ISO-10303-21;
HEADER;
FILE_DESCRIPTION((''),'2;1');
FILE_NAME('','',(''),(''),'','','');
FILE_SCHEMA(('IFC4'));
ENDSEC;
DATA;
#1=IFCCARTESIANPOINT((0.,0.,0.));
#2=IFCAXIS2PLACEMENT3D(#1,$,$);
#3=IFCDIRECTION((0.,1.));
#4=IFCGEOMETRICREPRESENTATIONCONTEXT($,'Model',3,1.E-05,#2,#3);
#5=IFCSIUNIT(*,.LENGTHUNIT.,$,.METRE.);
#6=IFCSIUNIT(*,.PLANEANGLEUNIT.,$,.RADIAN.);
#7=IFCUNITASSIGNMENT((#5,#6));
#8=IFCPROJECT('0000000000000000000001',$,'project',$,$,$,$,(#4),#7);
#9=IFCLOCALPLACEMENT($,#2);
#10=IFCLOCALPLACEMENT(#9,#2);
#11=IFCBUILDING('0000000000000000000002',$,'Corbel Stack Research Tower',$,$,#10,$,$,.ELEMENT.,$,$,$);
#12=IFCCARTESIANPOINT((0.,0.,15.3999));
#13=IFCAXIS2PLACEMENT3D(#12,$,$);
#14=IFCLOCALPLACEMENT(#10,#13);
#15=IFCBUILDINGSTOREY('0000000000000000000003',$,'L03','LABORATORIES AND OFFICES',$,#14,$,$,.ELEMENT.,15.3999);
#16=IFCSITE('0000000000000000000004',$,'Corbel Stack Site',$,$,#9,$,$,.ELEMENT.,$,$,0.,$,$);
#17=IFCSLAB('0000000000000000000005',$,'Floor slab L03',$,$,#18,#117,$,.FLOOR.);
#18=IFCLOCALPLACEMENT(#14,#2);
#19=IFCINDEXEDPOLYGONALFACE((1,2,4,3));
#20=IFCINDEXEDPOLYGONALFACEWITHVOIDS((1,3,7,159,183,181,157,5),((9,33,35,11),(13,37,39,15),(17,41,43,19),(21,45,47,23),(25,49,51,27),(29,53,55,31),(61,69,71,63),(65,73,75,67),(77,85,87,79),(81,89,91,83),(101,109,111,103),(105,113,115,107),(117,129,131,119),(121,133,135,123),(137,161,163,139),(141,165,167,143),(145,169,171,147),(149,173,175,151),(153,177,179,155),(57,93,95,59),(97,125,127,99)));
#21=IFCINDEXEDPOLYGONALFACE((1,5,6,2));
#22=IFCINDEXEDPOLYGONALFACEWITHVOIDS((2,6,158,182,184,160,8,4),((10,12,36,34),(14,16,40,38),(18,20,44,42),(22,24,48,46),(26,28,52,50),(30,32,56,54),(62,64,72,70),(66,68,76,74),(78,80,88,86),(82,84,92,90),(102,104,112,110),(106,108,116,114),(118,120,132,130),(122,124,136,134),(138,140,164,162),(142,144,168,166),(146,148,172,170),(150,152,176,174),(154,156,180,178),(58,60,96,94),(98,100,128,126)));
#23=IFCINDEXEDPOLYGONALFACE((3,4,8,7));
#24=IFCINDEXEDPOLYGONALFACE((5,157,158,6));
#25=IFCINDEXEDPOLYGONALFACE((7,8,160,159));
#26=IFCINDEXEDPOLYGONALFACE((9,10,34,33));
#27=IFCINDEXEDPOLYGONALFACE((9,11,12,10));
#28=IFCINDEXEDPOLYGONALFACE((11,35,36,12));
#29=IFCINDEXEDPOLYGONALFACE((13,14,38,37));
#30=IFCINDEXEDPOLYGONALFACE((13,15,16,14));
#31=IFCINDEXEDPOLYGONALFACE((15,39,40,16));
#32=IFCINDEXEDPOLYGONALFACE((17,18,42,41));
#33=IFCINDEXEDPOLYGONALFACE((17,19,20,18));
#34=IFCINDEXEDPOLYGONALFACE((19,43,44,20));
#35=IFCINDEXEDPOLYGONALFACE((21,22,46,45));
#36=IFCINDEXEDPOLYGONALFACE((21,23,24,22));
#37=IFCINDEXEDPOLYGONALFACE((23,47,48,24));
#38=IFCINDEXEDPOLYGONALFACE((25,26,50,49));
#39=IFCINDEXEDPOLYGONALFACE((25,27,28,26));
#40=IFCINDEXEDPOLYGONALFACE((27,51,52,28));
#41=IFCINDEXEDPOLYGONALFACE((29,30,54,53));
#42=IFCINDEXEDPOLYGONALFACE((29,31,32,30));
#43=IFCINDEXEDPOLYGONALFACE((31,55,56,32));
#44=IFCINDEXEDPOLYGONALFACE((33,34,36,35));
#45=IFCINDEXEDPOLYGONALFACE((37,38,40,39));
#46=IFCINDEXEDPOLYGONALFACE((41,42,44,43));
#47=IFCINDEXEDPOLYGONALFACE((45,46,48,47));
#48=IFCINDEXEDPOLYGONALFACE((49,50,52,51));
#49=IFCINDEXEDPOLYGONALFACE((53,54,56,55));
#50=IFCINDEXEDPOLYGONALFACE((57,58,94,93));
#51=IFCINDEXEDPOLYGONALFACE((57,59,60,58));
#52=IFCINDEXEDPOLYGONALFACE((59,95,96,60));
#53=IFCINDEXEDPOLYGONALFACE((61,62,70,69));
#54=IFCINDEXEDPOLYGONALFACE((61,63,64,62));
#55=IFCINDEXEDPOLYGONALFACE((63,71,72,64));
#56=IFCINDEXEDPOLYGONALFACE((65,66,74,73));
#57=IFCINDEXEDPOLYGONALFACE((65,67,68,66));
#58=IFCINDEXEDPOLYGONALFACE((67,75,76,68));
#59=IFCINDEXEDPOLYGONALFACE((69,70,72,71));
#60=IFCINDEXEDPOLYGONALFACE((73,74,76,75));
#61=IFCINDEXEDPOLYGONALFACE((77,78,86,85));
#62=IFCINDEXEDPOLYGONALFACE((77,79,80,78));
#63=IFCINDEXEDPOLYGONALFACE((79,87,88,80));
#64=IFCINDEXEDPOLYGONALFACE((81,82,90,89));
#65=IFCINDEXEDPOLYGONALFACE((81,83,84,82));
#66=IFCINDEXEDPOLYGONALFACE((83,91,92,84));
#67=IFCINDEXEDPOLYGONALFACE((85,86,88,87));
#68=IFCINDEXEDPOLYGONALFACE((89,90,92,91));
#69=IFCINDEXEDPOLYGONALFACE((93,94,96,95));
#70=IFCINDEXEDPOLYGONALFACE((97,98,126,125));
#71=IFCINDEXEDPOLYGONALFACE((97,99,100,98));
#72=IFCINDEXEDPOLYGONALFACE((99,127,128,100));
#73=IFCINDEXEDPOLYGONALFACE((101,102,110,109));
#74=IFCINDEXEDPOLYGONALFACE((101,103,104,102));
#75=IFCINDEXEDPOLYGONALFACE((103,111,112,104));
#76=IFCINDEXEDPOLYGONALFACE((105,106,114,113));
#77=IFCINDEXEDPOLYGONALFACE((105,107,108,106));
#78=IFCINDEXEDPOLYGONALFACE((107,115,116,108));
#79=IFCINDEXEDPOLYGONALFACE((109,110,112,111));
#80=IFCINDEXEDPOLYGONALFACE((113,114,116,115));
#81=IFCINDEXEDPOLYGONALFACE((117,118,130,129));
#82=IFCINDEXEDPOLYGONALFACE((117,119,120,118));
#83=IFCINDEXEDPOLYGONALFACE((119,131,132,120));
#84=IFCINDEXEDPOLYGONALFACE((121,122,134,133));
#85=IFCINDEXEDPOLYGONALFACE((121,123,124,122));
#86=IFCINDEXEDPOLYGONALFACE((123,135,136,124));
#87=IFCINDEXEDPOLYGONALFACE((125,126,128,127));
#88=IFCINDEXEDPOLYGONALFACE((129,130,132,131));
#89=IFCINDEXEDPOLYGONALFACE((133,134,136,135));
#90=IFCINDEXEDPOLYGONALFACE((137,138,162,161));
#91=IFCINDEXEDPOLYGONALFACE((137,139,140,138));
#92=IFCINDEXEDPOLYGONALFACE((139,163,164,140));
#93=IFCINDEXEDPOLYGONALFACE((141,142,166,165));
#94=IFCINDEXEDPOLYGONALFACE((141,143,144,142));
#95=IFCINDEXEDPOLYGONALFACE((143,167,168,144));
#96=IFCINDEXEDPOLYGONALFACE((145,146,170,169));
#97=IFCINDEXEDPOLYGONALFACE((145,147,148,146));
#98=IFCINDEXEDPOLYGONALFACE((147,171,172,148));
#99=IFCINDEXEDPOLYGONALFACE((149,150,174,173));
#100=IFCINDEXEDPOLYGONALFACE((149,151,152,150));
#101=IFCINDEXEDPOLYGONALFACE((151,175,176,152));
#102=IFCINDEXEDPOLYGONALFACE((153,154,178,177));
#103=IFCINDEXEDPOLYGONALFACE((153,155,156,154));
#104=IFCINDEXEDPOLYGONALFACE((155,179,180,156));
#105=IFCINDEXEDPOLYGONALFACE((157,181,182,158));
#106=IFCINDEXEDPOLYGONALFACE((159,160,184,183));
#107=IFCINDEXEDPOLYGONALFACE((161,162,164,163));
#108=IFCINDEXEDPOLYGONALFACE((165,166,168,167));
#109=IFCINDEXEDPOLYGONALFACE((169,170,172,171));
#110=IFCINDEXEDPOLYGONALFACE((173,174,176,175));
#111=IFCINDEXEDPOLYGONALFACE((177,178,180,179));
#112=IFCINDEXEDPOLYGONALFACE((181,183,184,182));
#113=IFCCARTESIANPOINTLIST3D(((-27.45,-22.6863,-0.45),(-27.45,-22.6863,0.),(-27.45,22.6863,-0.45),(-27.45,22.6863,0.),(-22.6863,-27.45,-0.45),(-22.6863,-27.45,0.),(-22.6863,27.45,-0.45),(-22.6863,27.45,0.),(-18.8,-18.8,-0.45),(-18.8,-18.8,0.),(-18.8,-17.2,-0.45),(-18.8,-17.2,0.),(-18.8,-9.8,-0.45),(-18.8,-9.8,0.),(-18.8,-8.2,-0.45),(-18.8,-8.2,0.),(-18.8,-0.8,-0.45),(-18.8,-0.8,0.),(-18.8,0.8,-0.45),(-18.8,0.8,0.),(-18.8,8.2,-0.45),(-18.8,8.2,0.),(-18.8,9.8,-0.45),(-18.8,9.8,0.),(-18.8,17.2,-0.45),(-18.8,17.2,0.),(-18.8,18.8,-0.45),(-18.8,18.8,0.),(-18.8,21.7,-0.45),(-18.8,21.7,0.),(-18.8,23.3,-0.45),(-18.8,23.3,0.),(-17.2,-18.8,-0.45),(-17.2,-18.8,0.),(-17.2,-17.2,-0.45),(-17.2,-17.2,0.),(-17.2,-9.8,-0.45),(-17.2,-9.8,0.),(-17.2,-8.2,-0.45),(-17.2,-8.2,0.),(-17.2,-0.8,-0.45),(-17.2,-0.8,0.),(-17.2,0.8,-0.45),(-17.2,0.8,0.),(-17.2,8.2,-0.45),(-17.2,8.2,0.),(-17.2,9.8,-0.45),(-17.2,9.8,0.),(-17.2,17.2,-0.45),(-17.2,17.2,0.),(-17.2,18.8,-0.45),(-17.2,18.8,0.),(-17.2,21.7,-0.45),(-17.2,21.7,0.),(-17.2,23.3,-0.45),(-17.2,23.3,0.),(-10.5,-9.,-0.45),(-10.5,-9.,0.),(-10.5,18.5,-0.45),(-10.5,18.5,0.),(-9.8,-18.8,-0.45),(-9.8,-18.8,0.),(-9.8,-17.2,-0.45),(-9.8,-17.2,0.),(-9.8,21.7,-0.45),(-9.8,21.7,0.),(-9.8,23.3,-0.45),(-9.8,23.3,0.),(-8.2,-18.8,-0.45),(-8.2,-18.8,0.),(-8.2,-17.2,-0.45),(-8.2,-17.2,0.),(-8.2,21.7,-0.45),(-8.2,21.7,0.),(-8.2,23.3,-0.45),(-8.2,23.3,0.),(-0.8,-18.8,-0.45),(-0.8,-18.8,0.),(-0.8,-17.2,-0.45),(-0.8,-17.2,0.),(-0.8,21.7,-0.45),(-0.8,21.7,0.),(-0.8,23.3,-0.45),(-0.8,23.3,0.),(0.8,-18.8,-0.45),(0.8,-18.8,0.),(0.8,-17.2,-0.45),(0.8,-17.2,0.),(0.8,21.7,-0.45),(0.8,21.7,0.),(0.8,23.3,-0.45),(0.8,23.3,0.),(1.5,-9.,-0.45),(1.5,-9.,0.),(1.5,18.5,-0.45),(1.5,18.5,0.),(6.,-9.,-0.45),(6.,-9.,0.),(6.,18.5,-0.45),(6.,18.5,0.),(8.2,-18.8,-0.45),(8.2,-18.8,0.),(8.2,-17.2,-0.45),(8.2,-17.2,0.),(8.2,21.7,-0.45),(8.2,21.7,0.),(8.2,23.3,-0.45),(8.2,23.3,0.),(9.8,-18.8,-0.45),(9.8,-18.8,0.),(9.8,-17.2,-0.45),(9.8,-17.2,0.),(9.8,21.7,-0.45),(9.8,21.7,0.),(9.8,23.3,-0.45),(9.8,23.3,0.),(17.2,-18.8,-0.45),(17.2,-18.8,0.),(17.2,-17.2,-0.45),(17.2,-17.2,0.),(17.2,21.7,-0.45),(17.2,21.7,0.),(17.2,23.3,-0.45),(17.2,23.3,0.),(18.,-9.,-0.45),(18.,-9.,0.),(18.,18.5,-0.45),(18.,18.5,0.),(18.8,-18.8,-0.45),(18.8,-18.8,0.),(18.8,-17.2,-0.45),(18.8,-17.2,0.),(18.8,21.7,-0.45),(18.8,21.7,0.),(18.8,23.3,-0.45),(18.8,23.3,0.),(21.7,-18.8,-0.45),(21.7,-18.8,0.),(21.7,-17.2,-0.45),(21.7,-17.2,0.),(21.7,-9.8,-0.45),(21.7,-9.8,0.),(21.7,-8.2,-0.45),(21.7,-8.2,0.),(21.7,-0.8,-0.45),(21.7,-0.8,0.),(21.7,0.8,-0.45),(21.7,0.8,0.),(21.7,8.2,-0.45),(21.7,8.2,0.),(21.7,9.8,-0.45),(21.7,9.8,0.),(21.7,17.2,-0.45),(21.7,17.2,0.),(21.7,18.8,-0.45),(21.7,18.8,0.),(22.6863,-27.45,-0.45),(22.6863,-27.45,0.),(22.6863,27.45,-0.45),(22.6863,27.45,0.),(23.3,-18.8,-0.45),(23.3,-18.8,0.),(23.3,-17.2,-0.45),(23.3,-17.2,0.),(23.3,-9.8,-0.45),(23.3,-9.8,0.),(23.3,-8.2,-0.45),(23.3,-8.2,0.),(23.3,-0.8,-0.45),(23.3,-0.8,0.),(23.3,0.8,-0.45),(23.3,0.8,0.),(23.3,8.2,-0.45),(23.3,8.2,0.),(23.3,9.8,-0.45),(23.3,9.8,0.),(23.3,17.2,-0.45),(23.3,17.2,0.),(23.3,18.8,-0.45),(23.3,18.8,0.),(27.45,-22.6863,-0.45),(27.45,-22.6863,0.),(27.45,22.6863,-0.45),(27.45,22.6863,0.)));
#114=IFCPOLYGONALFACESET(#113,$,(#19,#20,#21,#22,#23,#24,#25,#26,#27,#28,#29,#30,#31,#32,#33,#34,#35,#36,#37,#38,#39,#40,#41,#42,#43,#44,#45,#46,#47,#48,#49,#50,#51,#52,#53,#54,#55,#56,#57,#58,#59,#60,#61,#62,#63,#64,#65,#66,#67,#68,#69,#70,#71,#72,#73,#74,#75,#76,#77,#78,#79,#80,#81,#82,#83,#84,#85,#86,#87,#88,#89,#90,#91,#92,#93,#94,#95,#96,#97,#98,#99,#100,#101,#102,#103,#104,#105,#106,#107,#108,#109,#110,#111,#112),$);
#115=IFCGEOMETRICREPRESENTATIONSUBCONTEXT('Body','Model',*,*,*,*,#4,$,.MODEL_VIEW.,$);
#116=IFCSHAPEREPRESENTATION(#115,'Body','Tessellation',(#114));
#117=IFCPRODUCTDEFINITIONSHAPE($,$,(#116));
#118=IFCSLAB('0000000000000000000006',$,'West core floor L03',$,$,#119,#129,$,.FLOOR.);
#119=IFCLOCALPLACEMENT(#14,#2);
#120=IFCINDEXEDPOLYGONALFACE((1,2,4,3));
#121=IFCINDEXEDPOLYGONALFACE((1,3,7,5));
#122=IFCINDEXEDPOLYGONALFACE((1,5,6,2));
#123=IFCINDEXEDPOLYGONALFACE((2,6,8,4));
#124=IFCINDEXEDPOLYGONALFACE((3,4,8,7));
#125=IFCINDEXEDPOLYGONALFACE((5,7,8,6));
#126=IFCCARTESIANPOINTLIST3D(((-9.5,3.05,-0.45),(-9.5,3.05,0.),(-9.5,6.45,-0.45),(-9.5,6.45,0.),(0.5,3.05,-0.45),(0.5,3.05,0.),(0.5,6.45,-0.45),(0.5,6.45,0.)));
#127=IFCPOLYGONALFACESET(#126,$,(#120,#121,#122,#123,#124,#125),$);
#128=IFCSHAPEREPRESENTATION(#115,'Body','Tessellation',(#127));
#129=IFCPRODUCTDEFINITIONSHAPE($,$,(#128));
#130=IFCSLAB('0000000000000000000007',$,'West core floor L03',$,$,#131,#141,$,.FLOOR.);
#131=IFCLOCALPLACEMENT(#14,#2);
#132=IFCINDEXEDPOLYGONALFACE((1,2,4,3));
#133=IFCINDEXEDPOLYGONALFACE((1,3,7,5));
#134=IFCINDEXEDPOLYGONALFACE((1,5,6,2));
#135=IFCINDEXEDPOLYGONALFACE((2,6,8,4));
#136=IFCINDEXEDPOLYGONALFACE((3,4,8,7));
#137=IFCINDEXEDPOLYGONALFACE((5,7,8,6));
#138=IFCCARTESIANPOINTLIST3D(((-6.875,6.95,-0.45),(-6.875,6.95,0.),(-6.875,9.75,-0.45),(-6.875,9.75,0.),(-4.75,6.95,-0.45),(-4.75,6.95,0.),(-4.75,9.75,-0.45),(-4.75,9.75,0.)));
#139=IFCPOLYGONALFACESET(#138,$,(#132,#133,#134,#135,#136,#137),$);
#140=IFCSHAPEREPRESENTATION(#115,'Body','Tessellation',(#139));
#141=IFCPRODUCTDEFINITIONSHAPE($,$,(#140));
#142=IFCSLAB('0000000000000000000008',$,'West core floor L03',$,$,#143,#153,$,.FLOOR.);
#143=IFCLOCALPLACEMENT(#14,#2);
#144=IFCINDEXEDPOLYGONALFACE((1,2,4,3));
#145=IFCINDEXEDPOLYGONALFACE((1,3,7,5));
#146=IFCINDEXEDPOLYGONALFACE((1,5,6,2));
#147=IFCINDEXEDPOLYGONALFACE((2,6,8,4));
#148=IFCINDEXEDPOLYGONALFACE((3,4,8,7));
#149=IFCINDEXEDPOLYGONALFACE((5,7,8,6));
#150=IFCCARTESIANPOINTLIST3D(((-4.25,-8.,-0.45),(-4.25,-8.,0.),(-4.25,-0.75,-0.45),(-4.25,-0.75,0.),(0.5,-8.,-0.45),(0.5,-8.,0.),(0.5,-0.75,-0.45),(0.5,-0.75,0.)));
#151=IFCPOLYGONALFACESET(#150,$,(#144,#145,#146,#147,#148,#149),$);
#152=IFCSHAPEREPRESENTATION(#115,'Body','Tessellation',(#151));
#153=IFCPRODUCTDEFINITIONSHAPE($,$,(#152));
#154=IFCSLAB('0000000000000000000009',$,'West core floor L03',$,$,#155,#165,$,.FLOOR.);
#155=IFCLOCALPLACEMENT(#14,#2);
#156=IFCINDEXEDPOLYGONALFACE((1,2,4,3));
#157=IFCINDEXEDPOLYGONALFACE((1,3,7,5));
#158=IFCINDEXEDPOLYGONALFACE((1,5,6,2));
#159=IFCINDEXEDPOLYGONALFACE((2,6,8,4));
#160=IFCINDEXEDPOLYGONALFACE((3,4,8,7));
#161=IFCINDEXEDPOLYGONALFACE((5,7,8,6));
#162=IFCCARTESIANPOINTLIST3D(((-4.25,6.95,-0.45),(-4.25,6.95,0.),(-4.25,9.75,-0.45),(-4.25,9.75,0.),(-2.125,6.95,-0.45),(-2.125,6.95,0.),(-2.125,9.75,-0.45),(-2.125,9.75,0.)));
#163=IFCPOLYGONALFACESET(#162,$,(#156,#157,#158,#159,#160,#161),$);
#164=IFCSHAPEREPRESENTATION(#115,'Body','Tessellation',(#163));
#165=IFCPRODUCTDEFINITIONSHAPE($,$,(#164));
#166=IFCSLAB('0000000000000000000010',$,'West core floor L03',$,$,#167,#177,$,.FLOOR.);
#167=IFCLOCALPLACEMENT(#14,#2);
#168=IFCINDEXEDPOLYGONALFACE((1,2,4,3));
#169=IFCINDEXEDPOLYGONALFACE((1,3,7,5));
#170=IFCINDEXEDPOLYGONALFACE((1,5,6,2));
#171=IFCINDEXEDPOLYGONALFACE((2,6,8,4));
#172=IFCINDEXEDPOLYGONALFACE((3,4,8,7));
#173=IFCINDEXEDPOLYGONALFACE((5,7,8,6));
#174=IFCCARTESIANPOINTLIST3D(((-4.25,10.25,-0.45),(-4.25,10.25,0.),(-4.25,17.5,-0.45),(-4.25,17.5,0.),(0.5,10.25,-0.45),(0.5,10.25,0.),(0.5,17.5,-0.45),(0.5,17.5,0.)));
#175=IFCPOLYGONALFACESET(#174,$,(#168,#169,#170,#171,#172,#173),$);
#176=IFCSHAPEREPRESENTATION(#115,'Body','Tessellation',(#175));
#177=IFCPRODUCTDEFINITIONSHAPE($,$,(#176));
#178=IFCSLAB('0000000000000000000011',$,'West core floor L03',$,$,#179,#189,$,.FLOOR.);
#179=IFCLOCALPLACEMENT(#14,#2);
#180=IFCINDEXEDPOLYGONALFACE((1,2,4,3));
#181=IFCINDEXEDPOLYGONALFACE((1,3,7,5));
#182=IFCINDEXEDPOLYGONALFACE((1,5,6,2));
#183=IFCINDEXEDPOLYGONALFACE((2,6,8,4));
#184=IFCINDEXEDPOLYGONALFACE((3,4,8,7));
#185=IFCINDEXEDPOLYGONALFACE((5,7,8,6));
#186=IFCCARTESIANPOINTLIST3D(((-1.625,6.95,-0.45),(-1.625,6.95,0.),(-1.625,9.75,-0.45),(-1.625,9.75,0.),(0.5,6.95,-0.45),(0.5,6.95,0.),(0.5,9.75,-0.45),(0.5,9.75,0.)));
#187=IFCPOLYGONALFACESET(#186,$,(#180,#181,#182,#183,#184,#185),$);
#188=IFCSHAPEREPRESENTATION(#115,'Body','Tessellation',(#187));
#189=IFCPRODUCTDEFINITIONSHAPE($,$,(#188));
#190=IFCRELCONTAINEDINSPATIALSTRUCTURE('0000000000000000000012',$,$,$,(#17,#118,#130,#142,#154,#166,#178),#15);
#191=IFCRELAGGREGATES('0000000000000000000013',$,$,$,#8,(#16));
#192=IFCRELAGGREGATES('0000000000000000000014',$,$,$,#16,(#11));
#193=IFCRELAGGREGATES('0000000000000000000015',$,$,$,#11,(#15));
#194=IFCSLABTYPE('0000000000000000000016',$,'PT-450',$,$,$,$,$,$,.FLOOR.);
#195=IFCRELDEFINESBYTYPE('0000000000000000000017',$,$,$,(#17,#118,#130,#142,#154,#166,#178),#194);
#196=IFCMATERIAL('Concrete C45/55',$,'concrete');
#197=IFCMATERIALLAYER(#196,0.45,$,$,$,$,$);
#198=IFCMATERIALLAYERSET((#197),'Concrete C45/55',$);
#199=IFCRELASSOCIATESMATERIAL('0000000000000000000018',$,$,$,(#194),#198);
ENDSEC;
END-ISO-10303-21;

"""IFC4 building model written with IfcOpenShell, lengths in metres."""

from ifc_helpers import new_model, si_unit, direction, frame, origin, place, context, subcontext, project, spatial, polyline, outline, extrude, material, layer, layer_set, type_object, element, save


model = new_model("IFC4")

# Units and contexts
model_context = context("Model", 3, precision=1e-05, world=origin(), true_north=direction((0.0, 1.0)))
body_context = subcontext(model_context, "Body", "Model", "MODEL_VIEW")
ifc_project = project(units=[si_unit("LENGTHUNIT", "METRE"), si_unit("PLANEANGLEUNIT", "RADIAN")], contexts=[model_context])

# Site, building, storey
site_placement = place(None, origin())
site = spatial("IfcSite", under=ifc_project, at=site_placement, Name="Corbel Stack Site", CompositionType="ELEMENT", RefElevation=0.0)
building_placement = place(site_placement, origin())
building = spatial("IfcBuilding", under=site, at=building_placement, Name="Corbel Stack Research Tower", CompositionType="ELEMENT")
storey_placement = place(building_placement, frame((0.0, 0.0, 15.3999)))
storey = spatial("IfcBuildingStorey", under=building, at=storey_placement, Name="L03", Description="LABORATORIES AND OFFICES", CompositionType="ELEMENT", Elevation=15.3999)

# Slabs
ifc_material_1 = material(Name="Concrete C45/55", Category="concrete")
ifc_layer_1 = layer(ifc_material_1, 0.45)
ifc_layer_set_1 = layer_set([ifc_layer_1], Name="Concrete C45/55")
slab_type = type_object("IfcSlabType", Name="PT-450", PredefinedType="FLOOR", material=ifc_layer_set_1)
slab_1_placement = place(storey_placement, frame((0.0, 0.0, -0.45)))
element("IfcSlab", 1, at=slab_1_placement, inside=storey, type_object=slab_type, Name="Floor slab L03", PredefinedType="FLOOR", context=body_context, shape_type="SweptSolid", body=[
    extrude(outline(polyline([(-22.6863, -27.45), (22.6863, -27.45), (27.45, -22.6863), (27.45, 22.6863), (22.6863, 27.45), (-22.6863, 27.45), (-27.45, 22.6863), (-27.45, -22.6863), (-22.6863, -27.45)]), holes=[polyline([(23.3, 17.2), (21.7, 17.2), (21.7, 18.8), (23.3, 18.8), (23.3, 17.2)]), polyline([(21.7, 8.2), (21.7, 9.8), (23.3, 9.8), (23.3, 8.2), (21.7, 8.2)]), polyline([(23.3, -0.8), (21.7, -0.8), (21.7, 0.8), (23.3, 0.8), (23.3, -0.8)]), polyline([(21.7, -9.8), (21.7, -8.2), (23.3, -8.2), (23.3, -9.8), (21.7, -9.8)]), polyline([(21.7, -18.8), (21.7, -17.2), (23.3, -17.2), (23.3, -18.8), (21.7, -18.8)]), polyline([(17.2, 21.7), (17.2, 23.3), (18.8, 23.3), (18.8, 21.7), (17.2, 21.7)]), polyline([(18.8, -18.8), (17.2, -18.8), (17.2, -17.2), (18.8, -17.2), (18.8, -18.8)]), polyline([(6.0, -9.0), (6.0, 18.5), (18.0, 18.5), (18.0, -9.0), (6.0, -9.0)]), polyline([(8.2, 21.7), (8.2, 23.3), (9.8, 23.3), (9.8, 21.7), (8.2, 21.7)]), polyline([(9.8, -18.8), (8.2, -18.8), (8.2, -17.2), (9.8, -17.2), (9.8, -18.8)]), polyline([(1.5, -9.0), (-10.5, -9.0), (-10.5, 18.5), (1.5, 18.5), (1.5, -9.0)]), polyline([(0.8, 21.7), (-0.8, 21.7), (-0.8, 23.3), (0.8, 23.3), (0.8, 21.7)]), polyline([(0.8, -18.8), (-0.8, -18.8), (-0.8, -17.2), (0.8, -17.2), (0.8, -18.8)]), polyline([(-9.8, 21.7), (-9.8, 23.3), (-8.2, 23.3), (-8.2, 21.7), (-9.8, 21.7)]), polyline([(-8.2, -18.8), (-9.8, -18.8), (-9.8, -17.2), (-8.2, -17.2), (-8.2, -18.8)]), polyline([(-18.8, 21.7), (-18.8, 23.3), (-17.2, 23.3), (-17.2, 21.7), (-18.8, 21.7)]), polyline([(-17.2, 17.2), (-18.8, 17.2), (-18.8, 18.8), (-17.2, 18.8), (-17.2, 17.2)]), polyline([(-17.2, 8.2), (-18.8, 8.2), (-18.8, 9.8), (-17.2, 9.8), (-17.2, 8.2)]), polyline([(-18.8, -0.8), (-18.8, 0.8), (-17.2, 0.8), (-17.2, -0.8), (-18.8, -0.8)]), polyline([(-18.8, -9.8), (-18.8, -8.2), (-17.2, -8.2), (-17.2, -9.8), (-18.8, -9.8)]), polyline([(-17.2, -18.8), (-18.8, -18.8), (-18.8, -17.2), (-17.2, -17.2), (-17.2, -18.8)])]), origin(), (0.0, 0.0, 1.0), 0.45),
])
slab_2_placement = place(storey_placement, frame((0.0, 0.0, -0.45)))
element("IfcSlab", 2, at=slab_2_placement, inside=storey, type_object=slab_type, Name="West core floor L03", PredefinedType="FLOOR", context=body_context, shape_type="SweptSolid", body=[
    extrude(outline(polyline([(-9.5, 6.45), (-9.5, 3.05), (0.5, 3.05), (0.5, 6.45), (-9.5, 6.45)])), origin(), (0.0, 0.0, 1.0), 0.45),
])
slab_3_placement = place(storey_placement, frame((0.0, 0.0, -0.45)))
element("IfcSlab", 3, at=slab_3_placement, inside=storey, type_object=slab_type, Name="West core floor L03", PredefinedType="FLOOR", context=body_context, shape_type="SweptSolid", body=[
    extrude(outline(polyline([(-6.875, 6.95), (-4.75, 6.95), (-4.75, 9.75), (-6.875, 9.75), (-6.875, 6.95)])), origin(), (0.0, 0.0, 1.0), 0.45),
])
slab_4_placement = place(storey_placement, frame((0.0, 0.0, -0.45)))
element("IfcSlab", 4, at=slab_4_placement, inside=storey, type_object=slab_type, Name="West core floor L03", PredefinedType="FLOOR", context=body_context, shape_type="SweptSolid", body=[
    extrude(outline(polyline([(-4.25, -0.75), (-4.25, -8.0), (0.5, -8.0), (0.5, -0.75), (-4.25, -0.75)])), origin(), (0.0, 0.0, 1.0), 0.45),
])
slab_5_placement = place(storey_placement, frame((0.0, 0.0, -0.45)))
element("IfcSlab", 5, at=slab_5_placement, inside=storey, type_object=slab_type, Name="West core floor L03", PredefinedType="FLOOR", context=body_context, shape_type="SweptSolid", body=[
    extrude(outline(polyline([(-2.125, 6.95), (-2.125, 9.75), (-4.25, 9.75), (-4.25, 6.95), (-2.125, 6.95)])), origin(), (0.0, 0.0, 1.0), 0.45),
])
slab_6_placement = place(storey_placement, frame((0.0, 0.0, -0.45)))
element("IfcSlab", 6, at=slab_6_placement, inside=storey, type_object=slab_type, Name="West core floor L03", PredefinedType="FLOOR", context=body_context, shape_type="SweptSolid", body=[
    extrude(outline(polyline([(-4.25, 17.5), (-4.25, 10.25), (0.5, 10.25), (0.5, 17.5), (-4.25, 17.5)])), origin(), (0.0, 0.0, 1.0), 0.45),
])
slab_7_placement = place(storey_placement, frame((0.0, 0.0, -0.45)))
element("IfcSlab", 7, at=slab_7_placement, inside=storey, type_object=slab_type, Name="West core floor L03", PredefinedType="FLOOR", context=body_context, shape_type="SweptSolid", body=[
    extrude(outline(polyline([(0.5, 6.95), (0.5, 9.75), (-1.625, 9.75), (-1.625, 6.95), (0.5, 6.95)])), origin(), (0.0, 0.0, 1.0), 0.45),
])

save(model, "model.ifc")
